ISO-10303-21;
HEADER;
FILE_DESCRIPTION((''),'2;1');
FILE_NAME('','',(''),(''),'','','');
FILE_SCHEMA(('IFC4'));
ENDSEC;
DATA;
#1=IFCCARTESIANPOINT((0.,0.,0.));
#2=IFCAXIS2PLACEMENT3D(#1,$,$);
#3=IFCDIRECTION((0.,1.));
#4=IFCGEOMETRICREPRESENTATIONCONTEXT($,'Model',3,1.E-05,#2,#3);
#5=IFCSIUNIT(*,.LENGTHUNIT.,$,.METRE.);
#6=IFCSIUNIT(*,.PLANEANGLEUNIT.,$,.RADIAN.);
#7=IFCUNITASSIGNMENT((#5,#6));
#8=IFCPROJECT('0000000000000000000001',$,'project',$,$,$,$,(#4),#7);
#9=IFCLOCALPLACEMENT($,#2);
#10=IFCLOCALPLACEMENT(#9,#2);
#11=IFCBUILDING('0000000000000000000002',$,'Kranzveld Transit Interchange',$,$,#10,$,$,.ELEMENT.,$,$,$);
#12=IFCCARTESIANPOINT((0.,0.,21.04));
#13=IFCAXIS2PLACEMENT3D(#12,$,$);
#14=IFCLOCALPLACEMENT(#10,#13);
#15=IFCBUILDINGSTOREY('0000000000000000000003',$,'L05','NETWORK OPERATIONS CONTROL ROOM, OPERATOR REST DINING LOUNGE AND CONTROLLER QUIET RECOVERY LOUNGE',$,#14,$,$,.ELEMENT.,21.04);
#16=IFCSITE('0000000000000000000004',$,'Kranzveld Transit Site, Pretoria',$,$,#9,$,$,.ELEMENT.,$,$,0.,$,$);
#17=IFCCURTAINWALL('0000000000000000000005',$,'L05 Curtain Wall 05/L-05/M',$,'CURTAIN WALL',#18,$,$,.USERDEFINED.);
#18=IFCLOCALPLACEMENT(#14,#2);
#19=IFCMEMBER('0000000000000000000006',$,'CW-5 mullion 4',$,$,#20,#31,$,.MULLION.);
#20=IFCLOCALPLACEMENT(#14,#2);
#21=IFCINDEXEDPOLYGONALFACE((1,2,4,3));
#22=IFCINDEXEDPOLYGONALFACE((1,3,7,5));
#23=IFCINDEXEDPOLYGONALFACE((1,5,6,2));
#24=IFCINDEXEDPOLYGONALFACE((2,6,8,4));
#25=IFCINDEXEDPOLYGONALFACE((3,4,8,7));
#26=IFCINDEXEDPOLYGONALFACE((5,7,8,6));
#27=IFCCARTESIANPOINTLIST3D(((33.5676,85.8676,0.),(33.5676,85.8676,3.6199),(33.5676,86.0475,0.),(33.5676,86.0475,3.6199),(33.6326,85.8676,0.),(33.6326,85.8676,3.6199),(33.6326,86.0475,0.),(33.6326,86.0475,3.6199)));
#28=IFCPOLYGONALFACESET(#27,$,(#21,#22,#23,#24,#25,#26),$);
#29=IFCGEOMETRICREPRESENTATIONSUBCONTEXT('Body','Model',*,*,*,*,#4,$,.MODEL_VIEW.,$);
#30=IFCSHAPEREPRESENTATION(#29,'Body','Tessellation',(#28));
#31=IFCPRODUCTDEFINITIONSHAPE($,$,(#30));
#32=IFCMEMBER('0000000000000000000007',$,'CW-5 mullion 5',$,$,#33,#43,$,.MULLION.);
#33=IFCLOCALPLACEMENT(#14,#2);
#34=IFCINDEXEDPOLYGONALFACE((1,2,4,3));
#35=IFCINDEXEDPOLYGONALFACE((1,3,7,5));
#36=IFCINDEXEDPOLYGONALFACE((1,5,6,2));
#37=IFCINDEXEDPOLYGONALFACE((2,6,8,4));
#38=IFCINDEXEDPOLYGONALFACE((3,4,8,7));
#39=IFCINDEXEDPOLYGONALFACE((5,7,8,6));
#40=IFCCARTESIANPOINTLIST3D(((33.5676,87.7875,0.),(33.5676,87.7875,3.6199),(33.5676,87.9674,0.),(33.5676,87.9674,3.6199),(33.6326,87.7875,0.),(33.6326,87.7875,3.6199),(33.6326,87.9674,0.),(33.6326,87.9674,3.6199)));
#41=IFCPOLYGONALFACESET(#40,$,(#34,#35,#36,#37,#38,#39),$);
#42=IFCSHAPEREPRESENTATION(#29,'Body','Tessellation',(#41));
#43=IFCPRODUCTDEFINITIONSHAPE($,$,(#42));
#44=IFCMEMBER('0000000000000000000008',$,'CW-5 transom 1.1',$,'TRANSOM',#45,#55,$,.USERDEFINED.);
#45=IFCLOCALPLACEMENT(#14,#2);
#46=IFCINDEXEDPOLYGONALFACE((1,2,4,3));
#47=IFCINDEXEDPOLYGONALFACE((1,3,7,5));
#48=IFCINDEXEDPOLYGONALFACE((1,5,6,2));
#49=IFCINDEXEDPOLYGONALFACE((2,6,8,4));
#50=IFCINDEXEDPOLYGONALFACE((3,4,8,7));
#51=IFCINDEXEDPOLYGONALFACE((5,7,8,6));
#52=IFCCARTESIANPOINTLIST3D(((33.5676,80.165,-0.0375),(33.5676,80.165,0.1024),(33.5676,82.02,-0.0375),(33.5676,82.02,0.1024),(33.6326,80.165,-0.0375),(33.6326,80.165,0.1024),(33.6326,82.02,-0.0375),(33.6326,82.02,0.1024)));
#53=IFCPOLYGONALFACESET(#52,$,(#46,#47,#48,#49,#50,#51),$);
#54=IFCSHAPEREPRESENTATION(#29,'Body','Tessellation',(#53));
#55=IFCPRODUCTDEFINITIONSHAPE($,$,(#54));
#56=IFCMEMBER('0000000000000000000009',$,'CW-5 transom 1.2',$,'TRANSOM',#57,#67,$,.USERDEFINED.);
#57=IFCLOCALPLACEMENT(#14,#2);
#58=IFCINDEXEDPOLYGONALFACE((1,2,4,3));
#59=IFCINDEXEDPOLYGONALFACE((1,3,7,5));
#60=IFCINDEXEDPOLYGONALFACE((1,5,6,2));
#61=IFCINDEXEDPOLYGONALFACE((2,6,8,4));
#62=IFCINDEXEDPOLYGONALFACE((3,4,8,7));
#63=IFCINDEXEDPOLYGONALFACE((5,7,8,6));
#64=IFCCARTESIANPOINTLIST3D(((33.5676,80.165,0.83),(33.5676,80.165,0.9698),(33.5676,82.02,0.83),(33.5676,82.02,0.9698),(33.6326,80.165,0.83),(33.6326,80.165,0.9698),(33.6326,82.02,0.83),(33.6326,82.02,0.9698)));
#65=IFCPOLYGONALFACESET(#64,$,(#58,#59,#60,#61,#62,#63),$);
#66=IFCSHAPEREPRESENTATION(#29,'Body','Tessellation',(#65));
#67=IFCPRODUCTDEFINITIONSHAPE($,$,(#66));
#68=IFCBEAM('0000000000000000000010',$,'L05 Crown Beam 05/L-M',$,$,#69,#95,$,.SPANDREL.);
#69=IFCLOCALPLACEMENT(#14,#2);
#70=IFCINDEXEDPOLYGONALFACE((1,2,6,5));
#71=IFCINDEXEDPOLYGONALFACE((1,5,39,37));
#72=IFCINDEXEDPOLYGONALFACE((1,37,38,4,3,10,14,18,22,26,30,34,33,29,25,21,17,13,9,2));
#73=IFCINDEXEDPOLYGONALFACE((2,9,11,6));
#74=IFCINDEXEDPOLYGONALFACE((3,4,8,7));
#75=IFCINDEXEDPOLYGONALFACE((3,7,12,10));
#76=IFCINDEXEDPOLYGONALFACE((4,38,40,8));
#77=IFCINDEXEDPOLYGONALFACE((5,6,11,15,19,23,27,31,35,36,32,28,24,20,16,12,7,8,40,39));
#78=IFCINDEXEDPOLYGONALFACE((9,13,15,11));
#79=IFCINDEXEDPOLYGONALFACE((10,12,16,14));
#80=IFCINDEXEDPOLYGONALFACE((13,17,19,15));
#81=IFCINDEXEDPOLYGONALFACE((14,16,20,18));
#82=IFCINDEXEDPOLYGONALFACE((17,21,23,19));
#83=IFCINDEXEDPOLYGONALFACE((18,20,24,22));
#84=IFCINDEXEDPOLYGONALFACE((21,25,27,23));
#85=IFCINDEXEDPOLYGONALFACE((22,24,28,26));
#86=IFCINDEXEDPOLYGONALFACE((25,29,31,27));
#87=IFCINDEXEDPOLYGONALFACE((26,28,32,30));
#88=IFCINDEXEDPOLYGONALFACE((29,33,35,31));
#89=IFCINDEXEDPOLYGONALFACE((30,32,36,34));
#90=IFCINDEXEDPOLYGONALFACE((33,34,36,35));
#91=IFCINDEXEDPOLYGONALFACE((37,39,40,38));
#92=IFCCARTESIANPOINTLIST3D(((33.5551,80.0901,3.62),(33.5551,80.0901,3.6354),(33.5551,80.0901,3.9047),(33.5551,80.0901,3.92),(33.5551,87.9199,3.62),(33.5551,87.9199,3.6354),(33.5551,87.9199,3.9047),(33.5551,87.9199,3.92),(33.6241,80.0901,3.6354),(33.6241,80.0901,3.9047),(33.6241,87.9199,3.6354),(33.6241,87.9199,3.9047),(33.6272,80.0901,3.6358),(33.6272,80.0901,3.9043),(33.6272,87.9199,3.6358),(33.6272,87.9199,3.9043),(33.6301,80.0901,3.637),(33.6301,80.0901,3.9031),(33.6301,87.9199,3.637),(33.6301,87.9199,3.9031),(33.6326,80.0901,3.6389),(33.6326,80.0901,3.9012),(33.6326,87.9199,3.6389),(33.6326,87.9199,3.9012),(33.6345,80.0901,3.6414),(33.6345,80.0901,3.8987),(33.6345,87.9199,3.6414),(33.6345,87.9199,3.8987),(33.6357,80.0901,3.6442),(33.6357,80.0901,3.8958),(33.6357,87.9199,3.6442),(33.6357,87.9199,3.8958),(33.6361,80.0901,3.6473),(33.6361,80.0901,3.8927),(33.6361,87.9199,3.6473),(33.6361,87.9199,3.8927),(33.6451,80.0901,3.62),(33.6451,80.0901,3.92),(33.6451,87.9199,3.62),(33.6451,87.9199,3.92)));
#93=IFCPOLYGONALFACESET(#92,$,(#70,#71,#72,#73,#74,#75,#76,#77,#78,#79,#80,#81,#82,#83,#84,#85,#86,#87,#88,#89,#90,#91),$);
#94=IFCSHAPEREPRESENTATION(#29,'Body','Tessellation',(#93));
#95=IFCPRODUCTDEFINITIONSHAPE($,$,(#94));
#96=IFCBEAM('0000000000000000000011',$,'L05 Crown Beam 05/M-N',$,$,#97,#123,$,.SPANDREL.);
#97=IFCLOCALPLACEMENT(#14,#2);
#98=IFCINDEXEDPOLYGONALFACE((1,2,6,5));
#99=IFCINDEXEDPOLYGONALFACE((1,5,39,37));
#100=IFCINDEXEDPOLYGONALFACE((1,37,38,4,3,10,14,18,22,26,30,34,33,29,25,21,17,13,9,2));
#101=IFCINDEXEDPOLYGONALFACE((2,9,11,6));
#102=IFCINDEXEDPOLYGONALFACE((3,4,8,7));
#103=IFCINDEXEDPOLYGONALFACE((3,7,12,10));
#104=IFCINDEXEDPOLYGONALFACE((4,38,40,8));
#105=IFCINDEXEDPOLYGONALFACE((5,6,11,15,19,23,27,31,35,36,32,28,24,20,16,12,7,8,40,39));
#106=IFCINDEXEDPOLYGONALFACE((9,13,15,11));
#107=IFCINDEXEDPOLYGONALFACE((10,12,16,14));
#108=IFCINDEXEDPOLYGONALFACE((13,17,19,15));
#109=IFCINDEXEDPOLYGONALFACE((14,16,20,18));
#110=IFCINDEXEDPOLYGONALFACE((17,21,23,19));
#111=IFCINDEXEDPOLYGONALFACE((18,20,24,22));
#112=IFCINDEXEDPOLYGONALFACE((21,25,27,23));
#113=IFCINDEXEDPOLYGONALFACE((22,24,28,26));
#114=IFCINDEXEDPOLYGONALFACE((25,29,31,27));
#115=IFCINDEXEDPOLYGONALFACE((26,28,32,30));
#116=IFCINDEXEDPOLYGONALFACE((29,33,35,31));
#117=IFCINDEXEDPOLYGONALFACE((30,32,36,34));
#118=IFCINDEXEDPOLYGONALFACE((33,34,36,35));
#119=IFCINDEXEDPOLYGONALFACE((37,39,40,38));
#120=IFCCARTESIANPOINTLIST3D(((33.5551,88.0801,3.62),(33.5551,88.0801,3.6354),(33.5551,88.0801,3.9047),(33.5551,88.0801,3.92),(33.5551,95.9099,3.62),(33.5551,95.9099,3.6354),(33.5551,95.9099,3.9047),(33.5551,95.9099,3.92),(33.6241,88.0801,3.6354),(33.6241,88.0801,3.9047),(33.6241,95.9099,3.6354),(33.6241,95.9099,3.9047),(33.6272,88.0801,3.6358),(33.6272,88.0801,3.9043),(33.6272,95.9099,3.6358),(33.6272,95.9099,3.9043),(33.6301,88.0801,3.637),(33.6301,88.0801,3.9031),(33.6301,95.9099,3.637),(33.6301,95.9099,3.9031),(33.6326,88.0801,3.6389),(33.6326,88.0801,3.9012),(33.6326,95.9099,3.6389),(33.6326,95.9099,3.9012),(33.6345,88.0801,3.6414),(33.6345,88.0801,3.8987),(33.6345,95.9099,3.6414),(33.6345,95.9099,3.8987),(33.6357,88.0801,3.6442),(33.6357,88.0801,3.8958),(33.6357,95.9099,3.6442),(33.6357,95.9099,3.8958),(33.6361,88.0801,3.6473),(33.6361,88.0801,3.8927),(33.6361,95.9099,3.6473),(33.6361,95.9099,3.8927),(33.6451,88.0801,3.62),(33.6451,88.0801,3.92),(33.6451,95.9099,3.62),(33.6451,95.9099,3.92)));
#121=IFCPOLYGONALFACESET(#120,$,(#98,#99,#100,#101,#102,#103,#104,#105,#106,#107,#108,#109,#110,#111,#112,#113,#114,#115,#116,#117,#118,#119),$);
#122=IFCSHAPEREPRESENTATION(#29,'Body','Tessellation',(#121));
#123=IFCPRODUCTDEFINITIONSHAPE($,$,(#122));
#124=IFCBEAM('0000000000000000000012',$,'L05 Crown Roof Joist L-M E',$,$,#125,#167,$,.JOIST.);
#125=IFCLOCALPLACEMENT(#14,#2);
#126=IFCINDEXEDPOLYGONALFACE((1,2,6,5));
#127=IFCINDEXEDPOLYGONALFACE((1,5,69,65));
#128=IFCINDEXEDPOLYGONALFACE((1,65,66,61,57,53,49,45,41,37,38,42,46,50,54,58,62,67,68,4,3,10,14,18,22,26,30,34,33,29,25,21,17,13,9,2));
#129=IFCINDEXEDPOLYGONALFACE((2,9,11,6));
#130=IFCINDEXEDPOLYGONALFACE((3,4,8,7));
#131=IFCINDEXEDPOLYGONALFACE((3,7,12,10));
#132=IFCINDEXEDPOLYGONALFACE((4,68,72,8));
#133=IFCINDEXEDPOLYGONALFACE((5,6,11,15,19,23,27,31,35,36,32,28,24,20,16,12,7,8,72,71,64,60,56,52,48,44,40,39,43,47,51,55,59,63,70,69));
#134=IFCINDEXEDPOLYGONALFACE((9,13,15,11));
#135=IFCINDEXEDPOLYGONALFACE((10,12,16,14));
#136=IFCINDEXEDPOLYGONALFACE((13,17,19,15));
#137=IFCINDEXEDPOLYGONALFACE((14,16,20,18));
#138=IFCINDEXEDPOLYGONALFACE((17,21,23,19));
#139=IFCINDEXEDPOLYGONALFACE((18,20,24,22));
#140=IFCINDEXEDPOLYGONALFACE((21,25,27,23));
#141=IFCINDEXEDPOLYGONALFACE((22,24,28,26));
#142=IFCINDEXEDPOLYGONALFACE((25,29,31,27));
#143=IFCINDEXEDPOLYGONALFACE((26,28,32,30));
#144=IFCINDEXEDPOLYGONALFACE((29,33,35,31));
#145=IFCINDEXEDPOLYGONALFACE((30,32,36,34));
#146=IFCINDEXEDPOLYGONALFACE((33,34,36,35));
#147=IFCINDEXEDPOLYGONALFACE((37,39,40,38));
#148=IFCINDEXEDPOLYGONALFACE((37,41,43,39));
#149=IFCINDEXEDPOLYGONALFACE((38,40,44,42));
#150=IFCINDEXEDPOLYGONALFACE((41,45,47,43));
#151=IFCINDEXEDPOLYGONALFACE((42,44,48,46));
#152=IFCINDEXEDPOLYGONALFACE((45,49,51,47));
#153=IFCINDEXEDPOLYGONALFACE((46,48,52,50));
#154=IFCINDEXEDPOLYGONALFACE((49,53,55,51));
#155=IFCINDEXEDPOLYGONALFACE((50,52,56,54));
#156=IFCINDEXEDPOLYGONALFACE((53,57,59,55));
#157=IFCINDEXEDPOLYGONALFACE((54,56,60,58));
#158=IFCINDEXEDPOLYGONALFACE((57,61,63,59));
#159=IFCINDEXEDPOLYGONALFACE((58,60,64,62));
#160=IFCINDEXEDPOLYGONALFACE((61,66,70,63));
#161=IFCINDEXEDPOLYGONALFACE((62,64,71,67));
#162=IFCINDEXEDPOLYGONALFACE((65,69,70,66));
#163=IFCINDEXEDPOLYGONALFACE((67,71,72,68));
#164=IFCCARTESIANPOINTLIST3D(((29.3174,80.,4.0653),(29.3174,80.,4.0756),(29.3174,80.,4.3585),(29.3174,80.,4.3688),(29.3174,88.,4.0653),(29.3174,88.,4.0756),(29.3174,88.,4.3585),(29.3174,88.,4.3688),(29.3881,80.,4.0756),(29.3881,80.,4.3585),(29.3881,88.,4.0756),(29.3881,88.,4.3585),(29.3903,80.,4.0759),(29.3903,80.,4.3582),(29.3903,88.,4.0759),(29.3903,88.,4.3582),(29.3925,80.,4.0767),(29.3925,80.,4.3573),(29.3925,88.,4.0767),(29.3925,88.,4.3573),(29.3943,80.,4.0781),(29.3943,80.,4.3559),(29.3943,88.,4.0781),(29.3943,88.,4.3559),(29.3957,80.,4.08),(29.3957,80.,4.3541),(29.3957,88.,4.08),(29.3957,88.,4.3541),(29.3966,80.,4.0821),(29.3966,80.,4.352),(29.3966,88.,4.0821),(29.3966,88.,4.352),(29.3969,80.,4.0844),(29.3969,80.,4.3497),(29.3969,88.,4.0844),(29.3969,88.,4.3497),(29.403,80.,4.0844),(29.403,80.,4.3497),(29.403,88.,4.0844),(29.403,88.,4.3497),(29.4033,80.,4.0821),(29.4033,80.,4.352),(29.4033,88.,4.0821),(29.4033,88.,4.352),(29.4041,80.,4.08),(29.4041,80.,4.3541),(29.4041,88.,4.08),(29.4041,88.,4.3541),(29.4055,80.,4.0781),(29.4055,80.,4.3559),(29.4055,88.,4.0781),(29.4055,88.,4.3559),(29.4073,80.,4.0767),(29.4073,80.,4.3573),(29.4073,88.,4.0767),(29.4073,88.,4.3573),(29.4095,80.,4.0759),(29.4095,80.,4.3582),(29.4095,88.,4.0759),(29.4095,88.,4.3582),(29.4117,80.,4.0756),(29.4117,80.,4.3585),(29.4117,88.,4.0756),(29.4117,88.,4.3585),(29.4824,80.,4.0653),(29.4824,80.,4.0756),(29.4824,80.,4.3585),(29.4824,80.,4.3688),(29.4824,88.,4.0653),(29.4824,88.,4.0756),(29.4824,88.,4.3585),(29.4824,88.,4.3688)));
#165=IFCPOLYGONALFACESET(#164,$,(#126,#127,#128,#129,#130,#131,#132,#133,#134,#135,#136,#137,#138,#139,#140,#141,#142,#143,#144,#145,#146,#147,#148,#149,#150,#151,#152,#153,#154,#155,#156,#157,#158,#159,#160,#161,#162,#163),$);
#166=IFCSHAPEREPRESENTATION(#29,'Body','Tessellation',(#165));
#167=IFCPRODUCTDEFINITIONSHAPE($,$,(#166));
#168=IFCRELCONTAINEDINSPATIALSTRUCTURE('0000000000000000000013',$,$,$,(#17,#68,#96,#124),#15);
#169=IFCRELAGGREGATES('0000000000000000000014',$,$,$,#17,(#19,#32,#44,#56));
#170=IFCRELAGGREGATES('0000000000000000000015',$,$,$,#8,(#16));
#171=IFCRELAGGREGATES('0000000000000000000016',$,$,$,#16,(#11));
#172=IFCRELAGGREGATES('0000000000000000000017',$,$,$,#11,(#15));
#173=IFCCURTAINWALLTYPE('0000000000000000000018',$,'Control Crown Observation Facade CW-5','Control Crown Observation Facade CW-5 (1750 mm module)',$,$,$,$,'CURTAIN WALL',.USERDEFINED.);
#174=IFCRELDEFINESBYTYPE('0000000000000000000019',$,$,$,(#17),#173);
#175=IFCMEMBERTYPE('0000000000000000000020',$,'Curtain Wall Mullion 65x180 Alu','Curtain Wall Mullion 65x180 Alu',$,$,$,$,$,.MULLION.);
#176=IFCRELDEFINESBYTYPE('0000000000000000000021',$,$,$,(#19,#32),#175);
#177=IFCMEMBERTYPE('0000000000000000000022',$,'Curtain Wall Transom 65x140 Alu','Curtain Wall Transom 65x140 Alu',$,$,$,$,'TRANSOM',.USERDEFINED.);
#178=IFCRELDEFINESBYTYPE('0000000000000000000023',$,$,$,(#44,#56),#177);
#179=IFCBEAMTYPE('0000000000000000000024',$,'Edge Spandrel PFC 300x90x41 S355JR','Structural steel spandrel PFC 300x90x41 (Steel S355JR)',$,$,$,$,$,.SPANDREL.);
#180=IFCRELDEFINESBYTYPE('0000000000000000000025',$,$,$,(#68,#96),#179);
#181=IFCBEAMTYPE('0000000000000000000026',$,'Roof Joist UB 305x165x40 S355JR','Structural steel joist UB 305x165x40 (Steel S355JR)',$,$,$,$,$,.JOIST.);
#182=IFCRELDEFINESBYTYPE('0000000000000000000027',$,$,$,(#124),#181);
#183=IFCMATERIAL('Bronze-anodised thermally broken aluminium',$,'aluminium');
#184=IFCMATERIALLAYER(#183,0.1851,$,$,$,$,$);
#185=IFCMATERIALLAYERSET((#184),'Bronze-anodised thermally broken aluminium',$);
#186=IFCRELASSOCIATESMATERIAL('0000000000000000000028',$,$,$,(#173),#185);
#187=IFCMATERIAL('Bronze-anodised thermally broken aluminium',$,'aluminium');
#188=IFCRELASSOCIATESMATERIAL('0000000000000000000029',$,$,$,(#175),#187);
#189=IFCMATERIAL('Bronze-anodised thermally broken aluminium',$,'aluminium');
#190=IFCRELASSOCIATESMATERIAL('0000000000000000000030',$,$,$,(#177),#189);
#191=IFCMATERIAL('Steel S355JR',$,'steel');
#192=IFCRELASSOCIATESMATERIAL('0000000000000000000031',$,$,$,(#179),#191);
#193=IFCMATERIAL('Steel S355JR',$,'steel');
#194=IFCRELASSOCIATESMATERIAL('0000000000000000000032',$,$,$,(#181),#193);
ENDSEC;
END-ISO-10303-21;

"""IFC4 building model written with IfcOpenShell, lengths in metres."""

from ifc_helpers import new_model, si_unit, direction, frame, origin, origin_2d, place, context, subcontext, project, spatial, rectangle, i_section, u_section, extrude, material, layer, layer_set, material_profile, profile_set, type_object, element, aggregate, save


model = new_model("IFC4")

# Units and contexts
model_context = context("Model", 3, precision=1e-05, world=origin(), true_north=direction((0.0, 1.0)))
body_context = subcontext(model_context, "Body", "Model", "MODEL_VIEW")
ifc_project = project(units=[si_unit("LENGTHUNIT", "METRE"), si_unit("PLANEANGLEUNIT", "RADIAN")], contexts=[model_context])

# Site, building, storey
site_placement = place(None, origin())
site = spatial("IfcSite", under=ifc_project, at=site_placement, Name="Kranzveld Transit Site, Pretoria", CompositionType="ELEMENT", RefElevation=0.0)
building_placement = place(site_placement, origin())
building = spatial("IfcBuilding", under=site, at=building_placement, Name="Kranzveld Transit Interchange", CompositionType="ELEMENT")
storey_placement = place(building_placement, frame((0.0, 0.0, 21.04)))
storey = spatial("IfcBuildingStorey", under=building, at=storey_placement, Name="L05", Description="NETWORK OPERATIONS CONTROL ROOM, OPERATOR REST DINING LOUNGE AND CONTROLLER QUIET RECOVERY LOUNGE", CompositionType="ELEMENT", Elevation=21.04)

# Shared definitions
ifc_material_1 = material(Name="Bronze-anodised thermally broken aluminium", Category="aluminium")
ifc_layer_1 = layer(ifc_material_1, 0.1851)
ifc_layer_set_1 = layer_set([ifc_layer_1], Name="Bronze-anodised thermally broken aluminium")
curtain_wall_type = type_object("IfcCurtainWallType", Name="Control Crown Observation Facade CW-5", Description="Control Crown Observation Facade CW-5 (1750 mm module)", ElementType="CURTAIN WALL", PredefinedType="USERDEFINED", material=ifc_layer_set_1)
ifc_material_2 = material(Name="Bronze-anodised thermally broken aluminium", Category="aluminium")
ifc_material_profile_1 = material_profile(ifc_material_2, rectangle(XDim=0.0649, YDim=0.1799, at=origin_2d()), Name="ALU MULLION 65x180")
ifc_profile_set_1 = profile_set([ifc_material_profile_1], Name="Bronze-anodised thermally broken aluminium")
member_type_1 = type_object("IfcMemberType", Name="Curtain Wall Mullion 65x180 Alu", Description="Curtain Wall Mullion 65x180 Alu", PredefinedType="MULLION", material=ifc_profile_set_1)

# Curtain wall, members
curtain_wall_1_placement = place(storey_placement, origin())
curtain_wall_1 = element("IfcCurtainWall", 1, at=curtain_wall_1_placement, inside=storey, type_object=curtain_wall_type, Name="L05 Curtain Wall 05/L-05/M", ObjectType="CURTAIN WALL", PredefinedType="USERDEFINED")
member_1_placement = place(storey_placement, frame((33.6001, 85.9575, 0.0), z_axis=(0.0, 0.0, 1.0), x_axis=(-1.0, 0.0, 0.0)))
member_1 = element("IfcMember", 2, at=member_1_placement, type_object=member_type_1, Name="CW-5 mullion 4", PredefinedType="MULLION", context=body_context, shape_type="SweptSolid", body=[
    extrude(rectangle(XDim=0.0649, YDim=0.1799, at=origin_2d()), origin(), (0.0, 0.0, 1.0), 3.6199),
])
member_2_placement = place(storey_placement, frame((33.6001, 87.8774, 0.0), z_axis=(0.0, 0.0, 1.0), x_axis=(-1.0, 0.0, 0.0)))
member_2 = element("IfcMember", 3, at=member_2_placement, type_object=member_type_1, Name="CW-5 mullion 5", PredefinedType="MULLION", context=body_context, shape_type="SweptSolid", body=[
    extrude(rectangle(XDim=0.0649, YDim=0.1799, at=origin_2d()), origin(), (0.0, 0.0, 1.0), 3.6199),
])
ifc_material_3 = material(Name="Bronze-anodised thermally broken aluminium", Category="aluminium")
ifc_material_profile_2 = material_profile(ifc_material_3, rectangle(XDim=0.0649, YDim=0.1399, at=origin_2d()), Name="ALU TRANSOM 65x140")
ifc_profile_set_2 = profile_set([ifc_material_profile_2], Name="Bronze-anodised thermally broken aluminium")
member_type_2 = type_object("IfcMemberType", Name="Curtain Wall Transom 65x140 Alu", Description="Curtain Wall Transom 65x140 Alu", ElementType="TRANSOM", PredefinedType="USERDEFINED", material=ifc_profile_set_2)
member_3_placement = place(storey_placement, frame((33.6001, 80.165, 0.0325), z_axis=(0.0, 1.0, 0.0), x_axis=(-1.0, 0.0, 0.0)))
member_3 = element("IfcMember", 4, at=member_3_placement, type_object=member_type_2, Name="CW-5 transom 1.1", ObjectType="TRANSOM", PredefinedType="USERDEFINED", context=body_context, shape_type="SweptSolid", body=[
    extrude(rectangle(XDim=0.0649, YDim=0.1399, at=origin_2d()), origin(), (0.0, 0.0, 1.0), 1.855),
])
member_4_placement = place(storey_placement, frame((33.6001, 80.165, 0.8999), z_axis=(0.0, 1.0, 0.0), x_axis=(-1.0, 0.0, 0.0)))
member_4 = element("IfcMember", 5, at=member_4_placement, type_object=member_type_2, Name="CW-5 transom 1.2", ObjectType="TRANSOM", PredefinedType="USERDEFINED", context=body_context, shape_type="SweptSolid", body=[
    extrude(rectangle(XDim=0.0649, YDim=0.1399, at=origin_2d()), origin(), (0.0, 0.0, 1.0), 1.855),
])
aggregate(curtain_wall_1, [member_1, member_2, member_3, member_4])

# Beams
ifc_material_4 = material(Name="Steel S355JR", Category="steel")
ifc_material_profile_3 = material_profile(ifc_material_4, u_section(Depth=0.3, FlangeWidth=0.0901, WebThickness=0.009, FlangeThickness=0.0154, FilletRadius=0.012, at=origin_2d()), Name="PFC 300x90x41")
ifc_profile_set_3 = profile_set([ifc_material_profile_3], Name="Steel S355JR")
beam_type_1 = type_object("IfcBeamType", Name="Edge Spandrel PFC 300x90x41 S355JR", Description="Structural steel spandrel PFC 300x90x41 (Steel S355JR)", PredefinedType="SPANDREL", material=ifc_profile_set_3)
for number, where, z_axis, x_axis, name in (
    (6, (33.6001, 80.0901, 3.77), (0.0, 1.0, 0.0), (-1.0, 0.0, 0.0), "L05 Crown Beam 05/L-M"),
    (7, (33.6001, 88.0801, 3.77), (0.0, 1.0, 0.0), (-1.0, 0.0, 0.0), "L05 Crown Beam 05/M-N"),
):
    element("IfcBeam", number, at=place(storey_placement, frame(where, z_axis=z_axis, x_axis=x_axis)), inside=storey, type_object=beam_type_1, Name=name, PredefinedType="SPANDREL", context=body_context, shape_type="SweptSolid", body=[
        extrude(u_section(Depth=0.3, FlangeWidth=0.0901, WebThickness=0.009, FlangeThickness=0.0154, FilletRadius=0.012, at=origin_2d()), origin(), (0.0, 0.0, 1.0), 7.8298),
    ])
ifc_material_5 = material(Name="Steel S355JR", Category="steel")
ifc_material_profile_4 = material_profile(ifc_material_5, i_section(OverallWidth=0.165, OverallDepth=0.3035, WebThickness=0.0061, FlangeThickness=0.0103, FilletRadius=0.0088, at=origin_2d()), Name="UB 305x165x40")
ifc_profile_set_4 = profile_set([ifc_material_profile_4], Name="Steel S355JR")
beam_type_2 = type_object("IfcBeamType", Name="Roof Joist UB 305x165x40 S355JR", Description="Structural steel joist UB 305x165x40 (Steel S355JR)", PredefinedType="JOIST", material=ifc_profile_set_4)
for number, where, z_axis, x_axis, name in (
    (8, (29.3999, 80.0, 4.217), (0.0, 1.0, 0.0), (-1.0, 0.0, 0.0), "L05 Crown Roof Joist L-M E"),
):
    element("IfcBeam", number, at=place(storey_placement, frame(where, z_axis=z_axis, x_axis=x_axis)), inside=storey, type_object=beam_type_2, Name=name, PredefinedType="JOIST", context=body_context, shape_type="SweptSolid", body=[
        extrude(i_section(OverallWidth=0.165, OverallDepth=0.3035, WebThickness=0.0061, FlangeThickness=0.0103, FilletRadius=0.0088, at=origin_2d()), origin(), (0.0, 0.0, 1.0), 8.0),
    ])

save(model, "model.ifc")
